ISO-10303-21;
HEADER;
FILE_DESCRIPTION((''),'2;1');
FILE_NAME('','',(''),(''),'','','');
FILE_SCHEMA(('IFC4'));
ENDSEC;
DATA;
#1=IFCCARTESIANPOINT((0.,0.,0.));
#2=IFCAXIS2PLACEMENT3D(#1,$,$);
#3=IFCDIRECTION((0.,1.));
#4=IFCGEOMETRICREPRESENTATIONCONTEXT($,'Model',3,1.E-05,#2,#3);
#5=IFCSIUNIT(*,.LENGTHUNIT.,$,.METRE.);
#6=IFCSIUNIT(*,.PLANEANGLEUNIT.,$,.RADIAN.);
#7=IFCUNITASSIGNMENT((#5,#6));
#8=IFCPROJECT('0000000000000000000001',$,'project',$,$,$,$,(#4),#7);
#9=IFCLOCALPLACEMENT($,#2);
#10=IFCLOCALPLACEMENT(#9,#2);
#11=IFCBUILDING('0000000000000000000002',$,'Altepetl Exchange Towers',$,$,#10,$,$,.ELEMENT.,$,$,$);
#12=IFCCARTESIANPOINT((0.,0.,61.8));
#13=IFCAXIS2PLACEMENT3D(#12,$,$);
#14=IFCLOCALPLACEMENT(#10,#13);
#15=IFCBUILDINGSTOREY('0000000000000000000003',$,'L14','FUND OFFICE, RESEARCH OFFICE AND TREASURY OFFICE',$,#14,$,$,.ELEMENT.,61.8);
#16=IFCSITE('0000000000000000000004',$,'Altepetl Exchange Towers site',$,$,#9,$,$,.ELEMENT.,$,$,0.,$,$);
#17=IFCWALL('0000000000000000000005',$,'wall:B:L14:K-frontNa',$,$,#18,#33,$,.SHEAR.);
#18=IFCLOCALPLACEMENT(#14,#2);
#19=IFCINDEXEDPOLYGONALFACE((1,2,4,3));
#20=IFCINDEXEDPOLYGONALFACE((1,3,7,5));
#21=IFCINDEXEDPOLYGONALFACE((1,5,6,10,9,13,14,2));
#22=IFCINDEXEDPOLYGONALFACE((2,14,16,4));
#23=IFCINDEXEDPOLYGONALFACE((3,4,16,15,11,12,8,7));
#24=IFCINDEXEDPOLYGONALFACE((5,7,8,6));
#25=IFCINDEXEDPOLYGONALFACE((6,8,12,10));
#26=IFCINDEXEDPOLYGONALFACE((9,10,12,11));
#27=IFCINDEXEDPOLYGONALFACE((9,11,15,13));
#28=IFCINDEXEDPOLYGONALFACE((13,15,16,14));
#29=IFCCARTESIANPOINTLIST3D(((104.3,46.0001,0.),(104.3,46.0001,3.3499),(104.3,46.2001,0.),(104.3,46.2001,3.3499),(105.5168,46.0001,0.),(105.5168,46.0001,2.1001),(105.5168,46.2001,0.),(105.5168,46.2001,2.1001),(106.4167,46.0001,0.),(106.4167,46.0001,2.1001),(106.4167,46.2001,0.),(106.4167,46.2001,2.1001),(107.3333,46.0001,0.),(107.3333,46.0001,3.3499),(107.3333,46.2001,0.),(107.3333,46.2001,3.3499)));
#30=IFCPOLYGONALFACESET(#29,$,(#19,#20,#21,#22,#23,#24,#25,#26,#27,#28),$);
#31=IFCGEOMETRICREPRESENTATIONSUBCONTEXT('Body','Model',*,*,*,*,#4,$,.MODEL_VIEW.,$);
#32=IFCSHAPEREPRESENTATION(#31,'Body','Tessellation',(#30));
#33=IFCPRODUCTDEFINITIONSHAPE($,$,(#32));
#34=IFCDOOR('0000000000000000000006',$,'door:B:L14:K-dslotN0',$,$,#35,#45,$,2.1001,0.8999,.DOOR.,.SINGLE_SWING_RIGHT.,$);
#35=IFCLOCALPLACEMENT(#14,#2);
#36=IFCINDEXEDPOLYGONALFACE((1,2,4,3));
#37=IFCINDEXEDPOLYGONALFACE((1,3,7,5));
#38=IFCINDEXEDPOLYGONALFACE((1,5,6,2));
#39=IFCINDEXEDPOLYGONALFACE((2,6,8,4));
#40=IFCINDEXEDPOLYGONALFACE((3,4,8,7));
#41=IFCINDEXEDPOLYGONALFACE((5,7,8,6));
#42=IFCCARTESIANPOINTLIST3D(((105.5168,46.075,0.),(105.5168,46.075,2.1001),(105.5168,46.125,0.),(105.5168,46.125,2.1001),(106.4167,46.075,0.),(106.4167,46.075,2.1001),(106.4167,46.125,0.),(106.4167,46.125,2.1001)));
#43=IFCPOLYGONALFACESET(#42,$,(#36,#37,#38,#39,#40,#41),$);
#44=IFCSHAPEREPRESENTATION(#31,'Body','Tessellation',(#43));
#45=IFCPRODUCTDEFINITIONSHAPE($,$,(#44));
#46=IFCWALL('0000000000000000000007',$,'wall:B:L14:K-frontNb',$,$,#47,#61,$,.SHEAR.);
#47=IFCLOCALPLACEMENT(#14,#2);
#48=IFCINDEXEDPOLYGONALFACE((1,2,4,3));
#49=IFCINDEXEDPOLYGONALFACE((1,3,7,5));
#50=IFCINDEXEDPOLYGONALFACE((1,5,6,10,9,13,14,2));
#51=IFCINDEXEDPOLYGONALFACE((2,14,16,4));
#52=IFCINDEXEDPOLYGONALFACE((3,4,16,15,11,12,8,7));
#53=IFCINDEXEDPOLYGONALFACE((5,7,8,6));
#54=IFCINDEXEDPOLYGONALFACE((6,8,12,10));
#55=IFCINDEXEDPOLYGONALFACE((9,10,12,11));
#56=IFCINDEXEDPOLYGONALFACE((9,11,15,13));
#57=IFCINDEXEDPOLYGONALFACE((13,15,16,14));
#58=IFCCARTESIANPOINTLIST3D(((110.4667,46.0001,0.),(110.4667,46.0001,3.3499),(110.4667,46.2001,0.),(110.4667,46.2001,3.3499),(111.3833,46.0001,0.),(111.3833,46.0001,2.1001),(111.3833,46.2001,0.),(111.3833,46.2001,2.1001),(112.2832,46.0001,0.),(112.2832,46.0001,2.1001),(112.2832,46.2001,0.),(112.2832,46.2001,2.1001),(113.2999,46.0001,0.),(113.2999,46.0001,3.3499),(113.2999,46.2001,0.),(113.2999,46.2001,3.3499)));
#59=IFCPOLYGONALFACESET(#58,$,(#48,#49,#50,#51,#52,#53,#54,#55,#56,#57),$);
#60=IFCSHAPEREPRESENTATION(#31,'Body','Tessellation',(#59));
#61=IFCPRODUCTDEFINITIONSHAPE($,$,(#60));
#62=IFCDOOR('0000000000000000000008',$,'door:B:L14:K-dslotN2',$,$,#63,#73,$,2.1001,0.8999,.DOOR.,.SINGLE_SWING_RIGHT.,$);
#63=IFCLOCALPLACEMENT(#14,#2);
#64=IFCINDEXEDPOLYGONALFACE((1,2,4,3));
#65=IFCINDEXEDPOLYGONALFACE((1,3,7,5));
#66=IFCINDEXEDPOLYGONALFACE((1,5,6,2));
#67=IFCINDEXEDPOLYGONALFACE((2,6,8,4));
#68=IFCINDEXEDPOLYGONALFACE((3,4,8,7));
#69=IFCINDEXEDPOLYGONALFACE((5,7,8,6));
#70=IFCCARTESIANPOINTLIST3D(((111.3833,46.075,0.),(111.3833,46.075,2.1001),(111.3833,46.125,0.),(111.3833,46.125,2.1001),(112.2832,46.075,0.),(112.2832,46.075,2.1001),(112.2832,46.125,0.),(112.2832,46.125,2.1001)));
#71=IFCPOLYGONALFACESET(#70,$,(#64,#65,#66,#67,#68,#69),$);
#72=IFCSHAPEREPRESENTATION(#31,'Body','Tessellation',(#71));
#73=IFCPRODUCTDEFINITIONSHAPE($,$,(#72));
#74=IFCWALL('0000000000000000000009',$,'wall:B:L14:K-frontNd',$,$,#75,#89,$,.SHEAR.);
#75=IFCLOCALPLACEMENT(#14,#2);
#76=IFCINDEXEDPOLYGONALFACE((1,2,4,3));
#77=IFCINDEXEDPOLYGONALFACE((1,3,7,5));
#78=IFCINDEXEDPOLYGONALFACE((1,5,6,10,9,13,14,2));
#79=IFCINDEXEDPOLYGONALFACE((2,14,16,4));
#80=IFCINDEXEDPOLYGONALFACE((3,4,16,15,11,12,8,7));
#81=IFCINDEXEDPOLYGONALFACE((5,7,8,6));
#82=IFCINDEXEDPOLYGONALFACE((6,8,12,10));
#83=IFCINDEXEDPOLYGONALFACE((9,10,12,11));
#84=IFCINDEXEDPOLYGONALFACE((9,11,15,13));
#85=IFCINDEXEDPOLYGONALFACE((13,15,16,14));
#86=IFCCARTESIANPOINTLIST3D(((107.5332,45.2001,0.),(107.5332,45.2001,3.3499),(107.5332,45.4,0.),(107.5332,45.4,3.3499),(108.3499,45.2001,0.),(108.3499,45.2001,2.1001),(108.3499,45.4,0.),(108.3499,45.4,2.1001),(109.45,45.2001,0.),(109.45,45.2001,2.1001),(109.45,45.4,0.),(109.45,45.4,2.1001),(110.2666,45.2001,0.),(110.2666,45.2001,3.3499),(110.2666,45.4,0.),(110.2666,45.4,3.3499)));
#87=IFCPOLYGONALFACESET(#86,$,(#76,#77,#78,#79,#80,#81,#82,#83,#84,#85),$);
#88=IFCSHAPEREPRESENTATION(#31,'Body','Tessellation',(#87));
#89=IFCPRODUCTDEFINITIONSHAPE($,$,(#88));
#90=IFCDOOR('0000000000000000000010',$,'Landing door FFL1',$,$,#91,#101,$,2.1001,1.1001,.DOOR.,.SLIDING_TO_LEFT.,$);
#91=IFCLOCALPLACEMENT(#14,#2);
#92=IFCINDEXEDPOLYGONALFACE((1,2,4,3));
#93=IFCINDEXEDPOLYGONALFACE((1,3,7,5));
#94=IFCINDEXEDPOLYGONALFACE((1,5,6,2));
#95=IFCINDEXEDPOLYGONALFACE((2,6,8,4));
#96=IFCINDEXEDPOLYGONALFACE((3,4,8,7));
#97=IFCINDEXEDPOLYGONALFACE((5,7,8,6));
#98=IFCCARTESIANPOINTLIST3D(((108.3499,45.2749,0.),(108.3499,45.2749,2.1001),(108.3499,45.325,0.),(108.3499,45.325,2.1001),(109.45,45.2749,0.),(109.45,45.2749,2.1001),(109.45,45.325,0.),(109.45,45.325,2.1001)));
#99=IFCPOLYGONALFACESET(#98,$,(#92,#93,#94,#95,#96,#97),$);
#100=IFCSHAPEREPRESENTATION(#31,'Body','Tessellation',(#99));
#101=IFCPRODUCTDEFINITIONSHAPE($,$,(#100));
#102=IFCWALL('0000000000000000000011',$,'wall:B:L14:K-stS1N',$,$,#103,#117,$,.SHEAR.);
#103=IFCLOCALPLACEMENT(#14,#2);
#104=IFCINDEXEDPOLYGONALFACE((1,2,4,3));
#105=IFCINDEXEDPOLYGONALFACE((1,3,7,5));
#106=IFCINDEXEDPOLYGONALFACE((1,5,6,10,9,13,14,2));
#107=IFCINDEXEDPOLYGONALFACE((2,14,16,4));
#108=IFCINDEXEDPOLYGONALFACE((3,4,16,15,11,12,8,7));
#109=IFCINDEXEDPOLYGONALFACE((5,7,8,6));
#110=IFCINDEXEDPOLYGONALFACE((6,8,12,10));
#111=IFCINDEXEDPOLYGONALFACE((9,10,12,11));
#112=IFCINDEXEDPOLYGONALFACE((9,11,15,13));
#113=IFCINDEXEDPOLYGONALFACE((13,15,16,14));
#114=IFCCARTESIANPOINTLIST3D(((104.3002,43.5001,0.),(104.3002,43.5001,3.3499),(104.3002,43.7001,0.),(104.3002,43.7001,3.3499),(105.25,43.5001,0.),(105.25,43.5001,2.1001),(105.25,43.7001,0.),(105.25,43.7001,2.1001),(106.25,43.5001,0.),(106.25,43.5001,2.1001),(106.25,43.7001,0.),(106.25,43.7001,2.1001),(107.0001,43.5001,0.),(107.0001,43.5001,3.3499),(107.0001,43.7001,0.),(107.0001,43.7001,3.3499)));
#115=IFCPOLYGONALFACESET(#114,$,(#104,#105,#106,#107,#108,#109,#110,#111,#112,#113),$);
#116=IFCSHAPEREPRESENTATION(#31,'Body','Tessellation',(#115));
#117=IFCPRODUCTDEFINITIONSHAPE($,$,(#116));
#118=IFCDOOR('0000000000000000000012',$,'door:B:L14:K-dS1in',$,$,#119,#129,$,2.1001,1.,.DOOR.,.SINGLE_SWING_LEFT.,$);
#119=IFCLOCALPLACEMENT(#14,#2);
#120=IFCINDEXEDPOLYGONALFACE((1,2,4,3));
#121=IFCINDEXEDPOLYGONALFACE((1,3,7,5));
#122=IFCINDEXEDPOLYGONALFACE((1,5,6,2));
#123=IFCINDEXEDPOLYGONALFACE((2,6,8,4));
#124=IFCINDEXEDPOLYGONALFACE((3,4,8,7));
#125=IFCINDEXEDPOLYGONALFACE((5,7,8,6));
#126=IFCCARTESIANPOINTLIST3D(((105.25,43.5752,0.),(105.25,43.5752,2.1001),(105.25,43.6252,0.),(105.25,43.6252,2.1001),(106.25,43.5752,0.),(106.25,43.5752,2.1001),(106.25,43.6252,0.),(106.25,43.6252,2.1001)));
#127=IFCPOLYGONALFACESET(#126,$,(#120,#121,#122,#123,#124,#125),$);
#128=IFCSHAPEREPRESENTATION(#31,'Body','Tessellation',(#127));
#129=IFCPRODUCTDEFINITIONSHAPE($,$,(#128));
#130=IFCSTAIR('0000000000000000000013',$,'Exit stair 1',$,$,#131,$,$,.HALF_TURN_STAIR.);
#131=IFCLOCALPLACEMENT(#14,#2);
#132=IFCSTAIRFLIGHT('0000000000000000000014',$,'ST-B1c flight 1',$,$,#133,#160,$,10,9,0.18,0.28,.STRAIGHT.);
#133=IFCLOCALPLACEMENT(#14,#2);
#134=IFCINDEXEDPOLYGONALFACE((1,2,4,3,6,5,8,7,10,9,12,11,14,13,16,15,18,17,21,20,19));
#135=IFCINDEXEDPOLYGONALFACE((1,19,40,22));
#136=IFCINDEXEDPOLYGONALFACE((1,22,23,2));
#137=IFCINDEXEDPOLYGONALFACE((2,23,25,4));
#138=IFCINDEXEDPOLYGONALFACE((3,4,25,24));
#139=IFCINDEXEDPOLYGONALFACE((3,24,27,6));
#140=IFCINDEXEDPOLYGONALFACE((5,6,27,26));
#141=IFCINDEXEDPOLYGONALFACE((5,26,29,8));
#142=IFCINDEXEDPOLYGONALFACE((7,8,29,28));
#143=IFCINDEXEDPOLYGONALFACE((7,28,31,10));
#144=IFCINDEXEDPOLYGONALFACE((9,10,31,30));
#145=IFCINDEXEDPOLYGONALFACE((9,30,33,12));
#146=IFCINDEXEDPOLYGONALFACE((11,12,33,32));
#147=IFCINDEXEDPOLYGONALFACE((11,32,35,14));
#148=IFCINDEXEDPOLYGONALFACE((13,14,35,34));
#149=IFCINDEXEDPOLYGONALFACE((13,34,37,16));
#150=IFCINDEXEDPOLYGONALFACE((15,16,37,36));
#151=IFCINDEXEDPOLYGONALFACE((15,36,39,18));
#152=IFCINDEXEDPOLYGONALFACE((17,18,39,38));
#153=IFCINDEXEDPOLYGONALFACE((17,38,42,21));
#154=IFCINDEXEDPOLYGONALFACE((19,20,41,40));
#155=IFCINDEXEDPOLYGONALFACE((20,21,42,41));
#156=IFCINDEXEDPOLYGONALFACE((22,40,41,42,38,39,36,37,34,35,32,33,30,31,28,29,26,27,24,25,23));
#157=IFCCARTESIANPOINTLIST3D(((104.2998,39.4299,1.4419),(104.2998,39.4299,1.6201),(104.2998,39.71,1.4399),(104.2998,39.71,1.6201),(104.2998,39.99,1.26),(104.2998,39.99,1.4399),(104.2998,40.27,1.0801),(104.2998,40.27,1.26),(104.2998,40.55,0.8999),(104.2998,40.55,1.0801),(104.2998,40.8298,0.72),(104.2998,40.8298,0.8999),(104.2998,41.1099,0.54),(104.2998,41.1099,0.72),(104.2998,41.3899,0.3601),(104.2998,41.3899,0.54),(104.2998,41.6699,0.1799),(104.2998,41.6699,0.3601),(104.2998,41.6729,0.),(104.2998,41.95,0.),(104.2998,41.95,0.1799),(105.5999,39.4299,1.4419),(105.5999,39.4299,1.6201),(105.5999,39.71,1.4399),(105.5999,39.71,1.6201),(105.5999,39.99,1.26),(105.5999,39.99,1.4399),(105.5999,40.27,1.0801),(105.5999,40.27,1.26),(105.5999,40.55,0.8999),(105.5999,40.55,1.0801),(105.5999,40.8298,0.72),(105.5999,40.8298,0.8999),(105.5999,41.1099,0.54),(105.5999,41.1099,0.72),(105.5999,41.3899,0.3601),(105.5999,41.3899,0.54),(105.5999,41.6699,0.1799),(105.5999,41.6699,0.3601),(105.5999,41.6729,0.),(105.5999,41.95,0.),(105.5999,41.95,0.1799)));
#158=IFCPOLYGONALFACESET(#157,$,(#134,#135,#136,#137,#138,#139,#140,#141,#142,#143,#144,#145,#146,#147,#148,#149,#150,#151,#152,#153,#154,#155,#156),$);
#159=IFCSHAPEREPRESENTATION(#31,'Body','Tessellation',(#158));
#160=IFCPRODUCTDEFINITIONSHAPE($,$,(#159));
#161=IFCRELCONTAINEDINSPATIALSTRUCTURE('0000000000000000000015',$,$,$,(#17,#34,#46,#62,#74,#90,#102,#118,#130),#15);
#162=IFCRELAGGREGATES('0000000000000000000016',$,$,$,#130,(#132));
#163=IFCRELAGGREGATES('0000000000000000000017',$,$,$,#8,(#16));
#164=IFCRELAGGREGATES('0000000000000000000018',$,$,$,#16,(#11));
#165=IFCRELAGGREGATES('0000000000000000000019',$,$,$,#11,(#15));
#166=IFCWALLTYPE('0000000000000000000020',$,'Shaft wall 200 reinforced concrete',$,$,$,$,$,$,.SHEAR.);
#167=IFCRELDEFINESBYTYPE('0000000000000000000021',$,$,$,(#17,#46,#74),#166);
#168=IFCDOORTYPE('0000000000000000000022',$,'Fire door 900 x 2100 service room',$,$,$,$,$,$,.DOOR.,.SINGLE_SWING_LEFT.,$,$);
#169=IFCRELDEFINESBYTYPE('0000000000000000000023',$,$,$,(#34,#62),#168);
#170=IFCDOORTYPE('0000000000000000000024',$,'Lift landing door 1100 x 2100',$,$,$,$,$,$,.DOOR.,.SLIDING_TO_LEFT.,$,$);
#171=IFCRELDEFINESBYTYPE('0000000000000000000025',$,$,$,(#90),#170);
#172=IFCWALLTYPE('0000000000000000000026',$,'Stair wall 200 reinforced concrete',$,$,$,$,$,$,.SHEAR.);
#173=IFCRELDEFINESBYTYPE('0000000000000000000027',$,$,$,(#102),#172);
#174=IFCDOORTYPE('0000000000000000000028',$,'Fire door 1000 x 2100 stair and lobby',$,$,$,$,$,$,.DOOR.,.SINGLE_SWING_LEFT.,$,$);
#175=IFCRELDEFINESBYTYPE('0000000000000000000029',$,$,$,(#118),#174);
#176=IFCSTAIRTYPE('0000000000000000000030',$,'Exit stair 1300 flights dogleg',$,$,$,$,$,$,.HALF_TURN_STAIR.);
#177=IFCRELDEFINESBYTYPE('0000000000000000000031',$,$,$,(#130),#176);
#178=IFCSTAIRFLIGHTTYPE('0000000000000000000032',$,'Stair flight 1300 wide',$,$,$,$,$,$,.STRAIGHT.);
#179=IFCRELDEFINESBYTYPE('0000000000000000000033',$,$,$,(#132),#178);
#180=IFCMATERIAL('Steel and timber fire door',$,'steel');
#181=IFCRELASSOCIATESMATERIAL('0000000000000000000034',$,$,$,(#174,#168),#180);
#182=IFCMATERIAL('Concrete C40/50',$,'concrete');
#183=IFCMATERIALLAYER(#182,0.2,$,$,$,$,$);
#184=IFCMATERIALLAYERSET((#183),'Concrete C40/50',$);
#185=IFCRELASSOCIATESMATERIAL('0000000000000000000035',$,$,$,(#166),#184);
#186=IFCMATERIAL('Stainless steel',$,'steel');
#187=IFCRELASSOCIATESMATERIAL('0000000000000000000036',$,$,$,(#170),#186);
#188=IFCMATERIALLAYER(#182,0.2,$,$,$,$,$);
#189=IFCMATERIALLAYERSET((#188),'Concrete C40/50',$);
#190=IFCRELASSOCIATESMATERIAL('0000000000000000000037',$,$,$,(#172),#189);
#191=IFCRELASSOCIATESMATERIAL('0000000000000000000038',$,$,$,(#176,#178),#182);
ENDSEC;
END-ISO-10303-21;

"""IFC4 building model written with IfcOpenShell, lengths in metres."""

from ifc_helpers import new_model, si_unit, direction, frame, frame_2d, origin, place, context, subcontext, project, spatial, polyline, rectangle, outline, extrude, material, layer, layer_set, type_object, element, fill, aggregate, save


model = new_model("IFC4")

# Units and contexts
model_context = context("Model", 3, precision=1e-05, world=origin(), true_north=direction((0.0, 1.0)))
body_context = subcontext(model_context, "Body", "Model", "MODEL_VIEW")
ifc_project = project(units=[si_unit("LENGTHUNIT", "METRE"), si_unit("PLANEANGLEUNIT", "RADIAN")], contexts=[model_context])

# Site, building, storey
site_placement = place(None, origin())
site = spatial("IfcSite", under=ifc_project, at=site_placement, Name="Altepetl Exchange Towers site", CompositionType="ELEMENT", RefElevation=0.0)
building_placement = place(site_placement, origin())
building = spatial("IfcBuilding", under=site, at=building_placement, Name="Altepetl Exchange Towers", CompositionType="ELEMENT")
storey_placement = place(building_placement, frame((0.0, 0.0, 61.8)))
storey = spatial("IfcBuildingStorey", under=building, at=storey_placement, Name="L14", Description="FUND OFFICE, RESEARCH OFFICE AND TREASURY OFFICE", CompositionType="ELEMENT", Elevation=61.8)

# Shared definitions
ifc_material_1 = material(Name="Steel and timber fire door", Category="steel")
door_type_1 = type_object("IfcDoorType", Name="Fire door 1000 x 2100 stair and lobby", OperationType="SINGLE_SWING_LEFT", PredefinedType="DOOR", material=ifc_material_1)
door_type_2 = type_object("IfcDoorType", Name="Fire door 900 x 2100 service room", OperationType="SINGLE_SWING_LEFT", PredefinedType="DOOR", material=ifc_material_1)

# Shared definitions
ifc_material_2 = material(Name="Concrete C40/50", Category="concrete")
ifc_layer_1 = layer(ifc_material_2, 0.2)
ifc_layer_set_1 = layer_set([ifc_layer_1], Name="Concrete C40/50")
wall_type_1 = type_object("IfcWallType", Name="Shaft wall 200 reinforced concrete", PredefinedType="SHEAR", material=ifc_layer_set_1)

# Walls, openings, doors
wall_1_placement = place(storey_placement, frame((104.3, 46.1001, 0.0)))
wall_1 = element("IfcWall", 1, at=wall_1_placement, inside=storey, type_object=wall_type_1, Name="wall:B:L14:K-frontNa", PredefinedType="SHEAR", context=body_context, shape_type="SweptSolid", body=[
    extrude(rectangle(XDim=3.0332, YDim=0.2, at=frame_2d((1.5166, 0.0))), origin(), (0.0, 0.0, 1.0), 3.3499),
])
opening_1_placement = place(wall_1_placement, frame((1.2168, 0.0, 0.0)))
opening_1 = element("IfcOpeningElement", 2, at=opening_1_placement, cuts=wall_1, PredefinedType="OPENING", context=body_context, shape_type="SweptSolid", body=[
    extrude(rectangle(XDim=0.8999, YDim=2.1001, at=frame_2d((0.45, 1.05))), frame((0.0, 0.1099, 0.0), z_axis=(0.0, -1.0, 0.0), x_axis=(1.0, 0.0, 0.0)), (0.0, 0.0, 1.0), 0.22),
])
door_1_placement = place(opening_1_placement, origin())
door_1 = element("IfcDoor", 3, at=door_1_placement, inside=storey, type_object=door_type_2, Name="door:B:L14:K-dslotN0", OperationType="SINGLE_SWING_RIGHT", OverallHeight=2.1001, OverallWidth=0.8999, PredefinedType="DOOR", context=body_context, shape_type="SweptSolid", body=[
    extrude(rectangle(XDim=0.8999, YDim=2.1001, at=frame_2d((0.45, 1.05))), frame((0.0, 0.0249, 0.0), z_axis=(0.0, -1.0, 0.0), x_axis=(1.0, 0.0, 0.0)), (0.0, 0.0, 1.0), 0.05),
])
fill(opening_1, door_1)
wall_2_placement = place(storey_placement, frame((110.4668, 46.1001, 0.0)))
wall_2 = element("IfcWall", 4, at=wall_2_placement, inside=storey, type_object=wall_type_1, Name="wall:B:L14:K-frontNb", PredefinedType="SHEAR", context=body_context, shape_type="SweptSolid", body=[
    extrude(rectangle(XDim=2.8333, YDim=0.2, at=frame_2d((1.4165, 0.0))), origin(), (0.0, 0.0, 1.0), 3.3499),
])
opening_2_placement = place(wall_2_placement, frame((0.9165, 0.0, 0.0)))
opening_2 = element("IfcOpeningElement", 5, at=opening_2_placement, cuts=wall_2, PredefinedType="OPENING", context=body_context, shape_type="SweptSolid", body=[
    extrude(rectangle(XDim=0.8999, YDim=2.1001, at=frame_2d((0.45, 1.05))), frame((0.0, 0.1099, 0.0), z_axis=(0.0, -1.0, 0.0), x_axis=(1.0, 0.0, 0.0)), (0.0, 0.0, 1.0), 0.22),
])
door_2_placement = place(opening_2_placement, origin())
door_2 = element("IfcDoor", 6, at=door_2_placement, inside=storey, type_object=door_type_2, Name="door:B:L14:K-dslotN2", OperationType="SINGLE_SWING_RIGHT", OverallHeight=2.1001, OverallWidth=0.8999, PredefinedType="DOOR", context=body_context, shape_type="SweptSolid", body=[
    extrude(rectangle(XDim=0.8999, YDim=2.1001, at=frame_2d((0.45, 1.05))), frame((0.0, 0.0249, 0.0), z_axis=(0.0, -1.0, 0.0), x_axis=(1.0, 0.0, 0.0)), (0.0, 0.0, 1.0), 0.05),
])
fill(opening_2, door_2)
wall_3_placement = place(storey_placement, frame((107.5332, 45.3, 0.0)))
wall_3 = element("IfcWall", 7, at=wall_3_placement, inside=storey, type_object=wall_type_1, Name="wall:B:L14:K-frontNd", PredefinedType="SHEAR", context=body_context, shape_type="SweptSolid", body=[
    extrude(rectangle(XDim=2.7334, YDim=0.2, at=frame_2d((1.3667, 0.0))), origin(), (0.0, 0.0, 1.0), 3.3499),
])
opening_3_placement = place(wall_3_placement, frame((0.8167, 0.0, 0.0)))
opening_3 = element("IfcOpeningElement", 8, at=opening_3_placement, cuts=wall_3, PredefinedType="OPENING", context=body_context, shape_type="SweptSolid", body=[
    extrude(rectangle(XDim=1.1001, YDim=2.1001, at=frame_2d((0.55, 1.05))), frame((0.0, 0.1099, 0.0), z_axis=(0.0, -1.0, 0.0), x_axis=(1.0, 0.0, 0.0)), (0.0, 0.0, 1.0), 0.22),
])
ifc_material_3 = material(Name="Stainless steel", Category="steel")
door_type_3 = type_object("IfcDoorType", Name="Lift landing door 1100 x 2100", OperationType="SLIDING_TO_LEFT", PredefinedType="DOOR", material=ifc_material_3)
door_3_placement = place(opening_3_placement, origin())
door_3 = element("IfcDoor", 9, at=door_3_placement, inside=storey, type_object=door_type_3, Name="Landing door FFL1", OperationType="SLIDING_TO_LEFT", OverallHeight=2.1001, OverallWidth=1.1001, PredefinedType="DOOR", context=body_context, shape_type="SweptSolid", body=[
    extrude(rectangle(XDim=1.1001, YDim=2.1001, at=frame_2d((0.55, 1.05))), frame((0.0, 0.0249, 0.0), z_axis=(0.0, -1.0, 0.0), x_axis=(1.0, 0.0, 0.0)), (0.0, 0.0, 1.0), 0.05),
])
fill(opening_3, door_3)
ifc_layer_2 = layer(ifc_material_2, 0.2)
ifc_layer_set_2 = layer_set([ifc_layer_2], Name="Concrete C40/50")
wall_type_2 = type_object("IfcWallType", Name="Stair wall 200 reinforced concrete", PredefinedType="SHEAR", material=ifc_layer_set_2)
wall_4_placement = place(storey_placement, frame((104.3, 43.6001, 0.0)))
wall_4 = element("IfcWall", 10, at=wall_4_placement, inside=storey, type_object=wall_type_2, Name="wall:B:L14:K-stS1N", PredefinedType="SHEAR", context=body_context, shape_type="SweptSolid", body=[
    extrude(rectangle(XDim=2.7, YDim=0.2, at=frame_2d((1.3501, 0.0))), origin(), (0.0, 0.0, 1.0), 3.3499),
])
opening_4_placement = place(wall_4_placement, frame((0.95, 0.0, 0.0)))
opening_4 = element("IfcOpeningElement", 11, at=opening_4_placement, cuts=wall_4, PredefinedType="OPENING", context=body_context, shape_type="SweptSolid", body=[
    extrude(rectangle(XDim=1.0, YDim=2.1001, at=frame_2d((0.5, 1.05))), frame((0.0, 0.1099, 0.0), z_axis=(0.0, -1.0, 0.0), x_axis=(1.0, 0.0, 0.0)), (0.0, 0.0, 1.0), 0.22),
])
door_4_placement = place(opening_4_placement, frame((1.0, 0.0, 0.0), x_axis=(-1.0, 0.0, 0.0)))
door_4 = element("IfcDoor", 12, at=door_4_placement, inside=storey, type_object=door_type_1, Name="door:B:L14:K-dS1in", OperationType="SINGLE_SWING_LEFT", OverallHeight=2.1001, OverallWidth=1.0, PredefinedType="DOOR", context=body_context, shape_type="SweptSolid", body=[
    extrude(rectangle(XDim=1.0, YDim=2.1001, at=frame_2d((0.5, 1.05))), frame((0.0, 0.0249, 0.0), z_axis=(0.0, -1.0, 0.0), x_axis=(1.0, 0.0, 0.0)), (0.0, 0.0, 1.0), 0.05),
])
fill(opening_4, door_4)

# Stair, stair flight
stair_type = type_object("IfcStairType", Name="Exit stair 1300 flights dogleg", PredefinedType="HALF_TURN_STAIR", material=ifc_material_2)
stair_1_placement = place(storey_placement, origin())
stair_1 = element("IfcStair", 13, at=stair_1_placement, inside=storey, type_object=stair_type, Name="Exit stair 1", PredefinedType="HALF_TURN_STAIR")
stair_flight_type = type_object("IfcStairFlightType", Name="Stair flight 1300 wide", PredefinedType="STRAIGHT", material=ifc_material_2)
stair_flight_1_placement = place(storey_placement, frame((104.95, 41.95, 0.0), z_axis=(0.0, 0.0, 1.0), x_axis=(0.0, -1.0, 0.0)))
stair_flight_1 = element("IfcStairFlight", 14, at=stair_flight_1_placement, type_object=stair_flight_type, Name="ST-B1c flight 1", NumberOfRisers=10, NumberOfTreads=9, PredefinedType="STRAIGHT", RiserHeight=0.18, TreadLength=0.28, context=body_context, shape_type="SweptSolid", body=[
    extrude(outline(polyline([(0.0, 0.0), (0.0, 0.1799), (0.28, 0.1799), (0.28, 0.3601), (0.5601, 0.3601), (0.5601, 0.54), (0.8401, 0.54), (0.8401, 0.72), (1.1201, 0.72), (1.1201, 0.8999), (1.3999, 0.8999), (1.3999, 1.0801), (1.6799, 1.0801), (1.6799, 1.26), (1.96, 1.26), (1.96, 1.4399), (2.24, 1.4399), (2.24, 1.6201), (2.52, 1.6201), (2.52, 1.8), (2.52, 1.4419), (0.2771, 0.0), (0.0, 0.0)])), frame((0.0, 0.6499, 0.0), z_axis=(0.0, -1.0, 0.0), x_axis=(1.0, 0.0, 0.0)), (0.0, 0.0, 1.0), 1.3),
])
aggregate(stair_1, [stair_flight_1])

save(model, "model.ifc")
